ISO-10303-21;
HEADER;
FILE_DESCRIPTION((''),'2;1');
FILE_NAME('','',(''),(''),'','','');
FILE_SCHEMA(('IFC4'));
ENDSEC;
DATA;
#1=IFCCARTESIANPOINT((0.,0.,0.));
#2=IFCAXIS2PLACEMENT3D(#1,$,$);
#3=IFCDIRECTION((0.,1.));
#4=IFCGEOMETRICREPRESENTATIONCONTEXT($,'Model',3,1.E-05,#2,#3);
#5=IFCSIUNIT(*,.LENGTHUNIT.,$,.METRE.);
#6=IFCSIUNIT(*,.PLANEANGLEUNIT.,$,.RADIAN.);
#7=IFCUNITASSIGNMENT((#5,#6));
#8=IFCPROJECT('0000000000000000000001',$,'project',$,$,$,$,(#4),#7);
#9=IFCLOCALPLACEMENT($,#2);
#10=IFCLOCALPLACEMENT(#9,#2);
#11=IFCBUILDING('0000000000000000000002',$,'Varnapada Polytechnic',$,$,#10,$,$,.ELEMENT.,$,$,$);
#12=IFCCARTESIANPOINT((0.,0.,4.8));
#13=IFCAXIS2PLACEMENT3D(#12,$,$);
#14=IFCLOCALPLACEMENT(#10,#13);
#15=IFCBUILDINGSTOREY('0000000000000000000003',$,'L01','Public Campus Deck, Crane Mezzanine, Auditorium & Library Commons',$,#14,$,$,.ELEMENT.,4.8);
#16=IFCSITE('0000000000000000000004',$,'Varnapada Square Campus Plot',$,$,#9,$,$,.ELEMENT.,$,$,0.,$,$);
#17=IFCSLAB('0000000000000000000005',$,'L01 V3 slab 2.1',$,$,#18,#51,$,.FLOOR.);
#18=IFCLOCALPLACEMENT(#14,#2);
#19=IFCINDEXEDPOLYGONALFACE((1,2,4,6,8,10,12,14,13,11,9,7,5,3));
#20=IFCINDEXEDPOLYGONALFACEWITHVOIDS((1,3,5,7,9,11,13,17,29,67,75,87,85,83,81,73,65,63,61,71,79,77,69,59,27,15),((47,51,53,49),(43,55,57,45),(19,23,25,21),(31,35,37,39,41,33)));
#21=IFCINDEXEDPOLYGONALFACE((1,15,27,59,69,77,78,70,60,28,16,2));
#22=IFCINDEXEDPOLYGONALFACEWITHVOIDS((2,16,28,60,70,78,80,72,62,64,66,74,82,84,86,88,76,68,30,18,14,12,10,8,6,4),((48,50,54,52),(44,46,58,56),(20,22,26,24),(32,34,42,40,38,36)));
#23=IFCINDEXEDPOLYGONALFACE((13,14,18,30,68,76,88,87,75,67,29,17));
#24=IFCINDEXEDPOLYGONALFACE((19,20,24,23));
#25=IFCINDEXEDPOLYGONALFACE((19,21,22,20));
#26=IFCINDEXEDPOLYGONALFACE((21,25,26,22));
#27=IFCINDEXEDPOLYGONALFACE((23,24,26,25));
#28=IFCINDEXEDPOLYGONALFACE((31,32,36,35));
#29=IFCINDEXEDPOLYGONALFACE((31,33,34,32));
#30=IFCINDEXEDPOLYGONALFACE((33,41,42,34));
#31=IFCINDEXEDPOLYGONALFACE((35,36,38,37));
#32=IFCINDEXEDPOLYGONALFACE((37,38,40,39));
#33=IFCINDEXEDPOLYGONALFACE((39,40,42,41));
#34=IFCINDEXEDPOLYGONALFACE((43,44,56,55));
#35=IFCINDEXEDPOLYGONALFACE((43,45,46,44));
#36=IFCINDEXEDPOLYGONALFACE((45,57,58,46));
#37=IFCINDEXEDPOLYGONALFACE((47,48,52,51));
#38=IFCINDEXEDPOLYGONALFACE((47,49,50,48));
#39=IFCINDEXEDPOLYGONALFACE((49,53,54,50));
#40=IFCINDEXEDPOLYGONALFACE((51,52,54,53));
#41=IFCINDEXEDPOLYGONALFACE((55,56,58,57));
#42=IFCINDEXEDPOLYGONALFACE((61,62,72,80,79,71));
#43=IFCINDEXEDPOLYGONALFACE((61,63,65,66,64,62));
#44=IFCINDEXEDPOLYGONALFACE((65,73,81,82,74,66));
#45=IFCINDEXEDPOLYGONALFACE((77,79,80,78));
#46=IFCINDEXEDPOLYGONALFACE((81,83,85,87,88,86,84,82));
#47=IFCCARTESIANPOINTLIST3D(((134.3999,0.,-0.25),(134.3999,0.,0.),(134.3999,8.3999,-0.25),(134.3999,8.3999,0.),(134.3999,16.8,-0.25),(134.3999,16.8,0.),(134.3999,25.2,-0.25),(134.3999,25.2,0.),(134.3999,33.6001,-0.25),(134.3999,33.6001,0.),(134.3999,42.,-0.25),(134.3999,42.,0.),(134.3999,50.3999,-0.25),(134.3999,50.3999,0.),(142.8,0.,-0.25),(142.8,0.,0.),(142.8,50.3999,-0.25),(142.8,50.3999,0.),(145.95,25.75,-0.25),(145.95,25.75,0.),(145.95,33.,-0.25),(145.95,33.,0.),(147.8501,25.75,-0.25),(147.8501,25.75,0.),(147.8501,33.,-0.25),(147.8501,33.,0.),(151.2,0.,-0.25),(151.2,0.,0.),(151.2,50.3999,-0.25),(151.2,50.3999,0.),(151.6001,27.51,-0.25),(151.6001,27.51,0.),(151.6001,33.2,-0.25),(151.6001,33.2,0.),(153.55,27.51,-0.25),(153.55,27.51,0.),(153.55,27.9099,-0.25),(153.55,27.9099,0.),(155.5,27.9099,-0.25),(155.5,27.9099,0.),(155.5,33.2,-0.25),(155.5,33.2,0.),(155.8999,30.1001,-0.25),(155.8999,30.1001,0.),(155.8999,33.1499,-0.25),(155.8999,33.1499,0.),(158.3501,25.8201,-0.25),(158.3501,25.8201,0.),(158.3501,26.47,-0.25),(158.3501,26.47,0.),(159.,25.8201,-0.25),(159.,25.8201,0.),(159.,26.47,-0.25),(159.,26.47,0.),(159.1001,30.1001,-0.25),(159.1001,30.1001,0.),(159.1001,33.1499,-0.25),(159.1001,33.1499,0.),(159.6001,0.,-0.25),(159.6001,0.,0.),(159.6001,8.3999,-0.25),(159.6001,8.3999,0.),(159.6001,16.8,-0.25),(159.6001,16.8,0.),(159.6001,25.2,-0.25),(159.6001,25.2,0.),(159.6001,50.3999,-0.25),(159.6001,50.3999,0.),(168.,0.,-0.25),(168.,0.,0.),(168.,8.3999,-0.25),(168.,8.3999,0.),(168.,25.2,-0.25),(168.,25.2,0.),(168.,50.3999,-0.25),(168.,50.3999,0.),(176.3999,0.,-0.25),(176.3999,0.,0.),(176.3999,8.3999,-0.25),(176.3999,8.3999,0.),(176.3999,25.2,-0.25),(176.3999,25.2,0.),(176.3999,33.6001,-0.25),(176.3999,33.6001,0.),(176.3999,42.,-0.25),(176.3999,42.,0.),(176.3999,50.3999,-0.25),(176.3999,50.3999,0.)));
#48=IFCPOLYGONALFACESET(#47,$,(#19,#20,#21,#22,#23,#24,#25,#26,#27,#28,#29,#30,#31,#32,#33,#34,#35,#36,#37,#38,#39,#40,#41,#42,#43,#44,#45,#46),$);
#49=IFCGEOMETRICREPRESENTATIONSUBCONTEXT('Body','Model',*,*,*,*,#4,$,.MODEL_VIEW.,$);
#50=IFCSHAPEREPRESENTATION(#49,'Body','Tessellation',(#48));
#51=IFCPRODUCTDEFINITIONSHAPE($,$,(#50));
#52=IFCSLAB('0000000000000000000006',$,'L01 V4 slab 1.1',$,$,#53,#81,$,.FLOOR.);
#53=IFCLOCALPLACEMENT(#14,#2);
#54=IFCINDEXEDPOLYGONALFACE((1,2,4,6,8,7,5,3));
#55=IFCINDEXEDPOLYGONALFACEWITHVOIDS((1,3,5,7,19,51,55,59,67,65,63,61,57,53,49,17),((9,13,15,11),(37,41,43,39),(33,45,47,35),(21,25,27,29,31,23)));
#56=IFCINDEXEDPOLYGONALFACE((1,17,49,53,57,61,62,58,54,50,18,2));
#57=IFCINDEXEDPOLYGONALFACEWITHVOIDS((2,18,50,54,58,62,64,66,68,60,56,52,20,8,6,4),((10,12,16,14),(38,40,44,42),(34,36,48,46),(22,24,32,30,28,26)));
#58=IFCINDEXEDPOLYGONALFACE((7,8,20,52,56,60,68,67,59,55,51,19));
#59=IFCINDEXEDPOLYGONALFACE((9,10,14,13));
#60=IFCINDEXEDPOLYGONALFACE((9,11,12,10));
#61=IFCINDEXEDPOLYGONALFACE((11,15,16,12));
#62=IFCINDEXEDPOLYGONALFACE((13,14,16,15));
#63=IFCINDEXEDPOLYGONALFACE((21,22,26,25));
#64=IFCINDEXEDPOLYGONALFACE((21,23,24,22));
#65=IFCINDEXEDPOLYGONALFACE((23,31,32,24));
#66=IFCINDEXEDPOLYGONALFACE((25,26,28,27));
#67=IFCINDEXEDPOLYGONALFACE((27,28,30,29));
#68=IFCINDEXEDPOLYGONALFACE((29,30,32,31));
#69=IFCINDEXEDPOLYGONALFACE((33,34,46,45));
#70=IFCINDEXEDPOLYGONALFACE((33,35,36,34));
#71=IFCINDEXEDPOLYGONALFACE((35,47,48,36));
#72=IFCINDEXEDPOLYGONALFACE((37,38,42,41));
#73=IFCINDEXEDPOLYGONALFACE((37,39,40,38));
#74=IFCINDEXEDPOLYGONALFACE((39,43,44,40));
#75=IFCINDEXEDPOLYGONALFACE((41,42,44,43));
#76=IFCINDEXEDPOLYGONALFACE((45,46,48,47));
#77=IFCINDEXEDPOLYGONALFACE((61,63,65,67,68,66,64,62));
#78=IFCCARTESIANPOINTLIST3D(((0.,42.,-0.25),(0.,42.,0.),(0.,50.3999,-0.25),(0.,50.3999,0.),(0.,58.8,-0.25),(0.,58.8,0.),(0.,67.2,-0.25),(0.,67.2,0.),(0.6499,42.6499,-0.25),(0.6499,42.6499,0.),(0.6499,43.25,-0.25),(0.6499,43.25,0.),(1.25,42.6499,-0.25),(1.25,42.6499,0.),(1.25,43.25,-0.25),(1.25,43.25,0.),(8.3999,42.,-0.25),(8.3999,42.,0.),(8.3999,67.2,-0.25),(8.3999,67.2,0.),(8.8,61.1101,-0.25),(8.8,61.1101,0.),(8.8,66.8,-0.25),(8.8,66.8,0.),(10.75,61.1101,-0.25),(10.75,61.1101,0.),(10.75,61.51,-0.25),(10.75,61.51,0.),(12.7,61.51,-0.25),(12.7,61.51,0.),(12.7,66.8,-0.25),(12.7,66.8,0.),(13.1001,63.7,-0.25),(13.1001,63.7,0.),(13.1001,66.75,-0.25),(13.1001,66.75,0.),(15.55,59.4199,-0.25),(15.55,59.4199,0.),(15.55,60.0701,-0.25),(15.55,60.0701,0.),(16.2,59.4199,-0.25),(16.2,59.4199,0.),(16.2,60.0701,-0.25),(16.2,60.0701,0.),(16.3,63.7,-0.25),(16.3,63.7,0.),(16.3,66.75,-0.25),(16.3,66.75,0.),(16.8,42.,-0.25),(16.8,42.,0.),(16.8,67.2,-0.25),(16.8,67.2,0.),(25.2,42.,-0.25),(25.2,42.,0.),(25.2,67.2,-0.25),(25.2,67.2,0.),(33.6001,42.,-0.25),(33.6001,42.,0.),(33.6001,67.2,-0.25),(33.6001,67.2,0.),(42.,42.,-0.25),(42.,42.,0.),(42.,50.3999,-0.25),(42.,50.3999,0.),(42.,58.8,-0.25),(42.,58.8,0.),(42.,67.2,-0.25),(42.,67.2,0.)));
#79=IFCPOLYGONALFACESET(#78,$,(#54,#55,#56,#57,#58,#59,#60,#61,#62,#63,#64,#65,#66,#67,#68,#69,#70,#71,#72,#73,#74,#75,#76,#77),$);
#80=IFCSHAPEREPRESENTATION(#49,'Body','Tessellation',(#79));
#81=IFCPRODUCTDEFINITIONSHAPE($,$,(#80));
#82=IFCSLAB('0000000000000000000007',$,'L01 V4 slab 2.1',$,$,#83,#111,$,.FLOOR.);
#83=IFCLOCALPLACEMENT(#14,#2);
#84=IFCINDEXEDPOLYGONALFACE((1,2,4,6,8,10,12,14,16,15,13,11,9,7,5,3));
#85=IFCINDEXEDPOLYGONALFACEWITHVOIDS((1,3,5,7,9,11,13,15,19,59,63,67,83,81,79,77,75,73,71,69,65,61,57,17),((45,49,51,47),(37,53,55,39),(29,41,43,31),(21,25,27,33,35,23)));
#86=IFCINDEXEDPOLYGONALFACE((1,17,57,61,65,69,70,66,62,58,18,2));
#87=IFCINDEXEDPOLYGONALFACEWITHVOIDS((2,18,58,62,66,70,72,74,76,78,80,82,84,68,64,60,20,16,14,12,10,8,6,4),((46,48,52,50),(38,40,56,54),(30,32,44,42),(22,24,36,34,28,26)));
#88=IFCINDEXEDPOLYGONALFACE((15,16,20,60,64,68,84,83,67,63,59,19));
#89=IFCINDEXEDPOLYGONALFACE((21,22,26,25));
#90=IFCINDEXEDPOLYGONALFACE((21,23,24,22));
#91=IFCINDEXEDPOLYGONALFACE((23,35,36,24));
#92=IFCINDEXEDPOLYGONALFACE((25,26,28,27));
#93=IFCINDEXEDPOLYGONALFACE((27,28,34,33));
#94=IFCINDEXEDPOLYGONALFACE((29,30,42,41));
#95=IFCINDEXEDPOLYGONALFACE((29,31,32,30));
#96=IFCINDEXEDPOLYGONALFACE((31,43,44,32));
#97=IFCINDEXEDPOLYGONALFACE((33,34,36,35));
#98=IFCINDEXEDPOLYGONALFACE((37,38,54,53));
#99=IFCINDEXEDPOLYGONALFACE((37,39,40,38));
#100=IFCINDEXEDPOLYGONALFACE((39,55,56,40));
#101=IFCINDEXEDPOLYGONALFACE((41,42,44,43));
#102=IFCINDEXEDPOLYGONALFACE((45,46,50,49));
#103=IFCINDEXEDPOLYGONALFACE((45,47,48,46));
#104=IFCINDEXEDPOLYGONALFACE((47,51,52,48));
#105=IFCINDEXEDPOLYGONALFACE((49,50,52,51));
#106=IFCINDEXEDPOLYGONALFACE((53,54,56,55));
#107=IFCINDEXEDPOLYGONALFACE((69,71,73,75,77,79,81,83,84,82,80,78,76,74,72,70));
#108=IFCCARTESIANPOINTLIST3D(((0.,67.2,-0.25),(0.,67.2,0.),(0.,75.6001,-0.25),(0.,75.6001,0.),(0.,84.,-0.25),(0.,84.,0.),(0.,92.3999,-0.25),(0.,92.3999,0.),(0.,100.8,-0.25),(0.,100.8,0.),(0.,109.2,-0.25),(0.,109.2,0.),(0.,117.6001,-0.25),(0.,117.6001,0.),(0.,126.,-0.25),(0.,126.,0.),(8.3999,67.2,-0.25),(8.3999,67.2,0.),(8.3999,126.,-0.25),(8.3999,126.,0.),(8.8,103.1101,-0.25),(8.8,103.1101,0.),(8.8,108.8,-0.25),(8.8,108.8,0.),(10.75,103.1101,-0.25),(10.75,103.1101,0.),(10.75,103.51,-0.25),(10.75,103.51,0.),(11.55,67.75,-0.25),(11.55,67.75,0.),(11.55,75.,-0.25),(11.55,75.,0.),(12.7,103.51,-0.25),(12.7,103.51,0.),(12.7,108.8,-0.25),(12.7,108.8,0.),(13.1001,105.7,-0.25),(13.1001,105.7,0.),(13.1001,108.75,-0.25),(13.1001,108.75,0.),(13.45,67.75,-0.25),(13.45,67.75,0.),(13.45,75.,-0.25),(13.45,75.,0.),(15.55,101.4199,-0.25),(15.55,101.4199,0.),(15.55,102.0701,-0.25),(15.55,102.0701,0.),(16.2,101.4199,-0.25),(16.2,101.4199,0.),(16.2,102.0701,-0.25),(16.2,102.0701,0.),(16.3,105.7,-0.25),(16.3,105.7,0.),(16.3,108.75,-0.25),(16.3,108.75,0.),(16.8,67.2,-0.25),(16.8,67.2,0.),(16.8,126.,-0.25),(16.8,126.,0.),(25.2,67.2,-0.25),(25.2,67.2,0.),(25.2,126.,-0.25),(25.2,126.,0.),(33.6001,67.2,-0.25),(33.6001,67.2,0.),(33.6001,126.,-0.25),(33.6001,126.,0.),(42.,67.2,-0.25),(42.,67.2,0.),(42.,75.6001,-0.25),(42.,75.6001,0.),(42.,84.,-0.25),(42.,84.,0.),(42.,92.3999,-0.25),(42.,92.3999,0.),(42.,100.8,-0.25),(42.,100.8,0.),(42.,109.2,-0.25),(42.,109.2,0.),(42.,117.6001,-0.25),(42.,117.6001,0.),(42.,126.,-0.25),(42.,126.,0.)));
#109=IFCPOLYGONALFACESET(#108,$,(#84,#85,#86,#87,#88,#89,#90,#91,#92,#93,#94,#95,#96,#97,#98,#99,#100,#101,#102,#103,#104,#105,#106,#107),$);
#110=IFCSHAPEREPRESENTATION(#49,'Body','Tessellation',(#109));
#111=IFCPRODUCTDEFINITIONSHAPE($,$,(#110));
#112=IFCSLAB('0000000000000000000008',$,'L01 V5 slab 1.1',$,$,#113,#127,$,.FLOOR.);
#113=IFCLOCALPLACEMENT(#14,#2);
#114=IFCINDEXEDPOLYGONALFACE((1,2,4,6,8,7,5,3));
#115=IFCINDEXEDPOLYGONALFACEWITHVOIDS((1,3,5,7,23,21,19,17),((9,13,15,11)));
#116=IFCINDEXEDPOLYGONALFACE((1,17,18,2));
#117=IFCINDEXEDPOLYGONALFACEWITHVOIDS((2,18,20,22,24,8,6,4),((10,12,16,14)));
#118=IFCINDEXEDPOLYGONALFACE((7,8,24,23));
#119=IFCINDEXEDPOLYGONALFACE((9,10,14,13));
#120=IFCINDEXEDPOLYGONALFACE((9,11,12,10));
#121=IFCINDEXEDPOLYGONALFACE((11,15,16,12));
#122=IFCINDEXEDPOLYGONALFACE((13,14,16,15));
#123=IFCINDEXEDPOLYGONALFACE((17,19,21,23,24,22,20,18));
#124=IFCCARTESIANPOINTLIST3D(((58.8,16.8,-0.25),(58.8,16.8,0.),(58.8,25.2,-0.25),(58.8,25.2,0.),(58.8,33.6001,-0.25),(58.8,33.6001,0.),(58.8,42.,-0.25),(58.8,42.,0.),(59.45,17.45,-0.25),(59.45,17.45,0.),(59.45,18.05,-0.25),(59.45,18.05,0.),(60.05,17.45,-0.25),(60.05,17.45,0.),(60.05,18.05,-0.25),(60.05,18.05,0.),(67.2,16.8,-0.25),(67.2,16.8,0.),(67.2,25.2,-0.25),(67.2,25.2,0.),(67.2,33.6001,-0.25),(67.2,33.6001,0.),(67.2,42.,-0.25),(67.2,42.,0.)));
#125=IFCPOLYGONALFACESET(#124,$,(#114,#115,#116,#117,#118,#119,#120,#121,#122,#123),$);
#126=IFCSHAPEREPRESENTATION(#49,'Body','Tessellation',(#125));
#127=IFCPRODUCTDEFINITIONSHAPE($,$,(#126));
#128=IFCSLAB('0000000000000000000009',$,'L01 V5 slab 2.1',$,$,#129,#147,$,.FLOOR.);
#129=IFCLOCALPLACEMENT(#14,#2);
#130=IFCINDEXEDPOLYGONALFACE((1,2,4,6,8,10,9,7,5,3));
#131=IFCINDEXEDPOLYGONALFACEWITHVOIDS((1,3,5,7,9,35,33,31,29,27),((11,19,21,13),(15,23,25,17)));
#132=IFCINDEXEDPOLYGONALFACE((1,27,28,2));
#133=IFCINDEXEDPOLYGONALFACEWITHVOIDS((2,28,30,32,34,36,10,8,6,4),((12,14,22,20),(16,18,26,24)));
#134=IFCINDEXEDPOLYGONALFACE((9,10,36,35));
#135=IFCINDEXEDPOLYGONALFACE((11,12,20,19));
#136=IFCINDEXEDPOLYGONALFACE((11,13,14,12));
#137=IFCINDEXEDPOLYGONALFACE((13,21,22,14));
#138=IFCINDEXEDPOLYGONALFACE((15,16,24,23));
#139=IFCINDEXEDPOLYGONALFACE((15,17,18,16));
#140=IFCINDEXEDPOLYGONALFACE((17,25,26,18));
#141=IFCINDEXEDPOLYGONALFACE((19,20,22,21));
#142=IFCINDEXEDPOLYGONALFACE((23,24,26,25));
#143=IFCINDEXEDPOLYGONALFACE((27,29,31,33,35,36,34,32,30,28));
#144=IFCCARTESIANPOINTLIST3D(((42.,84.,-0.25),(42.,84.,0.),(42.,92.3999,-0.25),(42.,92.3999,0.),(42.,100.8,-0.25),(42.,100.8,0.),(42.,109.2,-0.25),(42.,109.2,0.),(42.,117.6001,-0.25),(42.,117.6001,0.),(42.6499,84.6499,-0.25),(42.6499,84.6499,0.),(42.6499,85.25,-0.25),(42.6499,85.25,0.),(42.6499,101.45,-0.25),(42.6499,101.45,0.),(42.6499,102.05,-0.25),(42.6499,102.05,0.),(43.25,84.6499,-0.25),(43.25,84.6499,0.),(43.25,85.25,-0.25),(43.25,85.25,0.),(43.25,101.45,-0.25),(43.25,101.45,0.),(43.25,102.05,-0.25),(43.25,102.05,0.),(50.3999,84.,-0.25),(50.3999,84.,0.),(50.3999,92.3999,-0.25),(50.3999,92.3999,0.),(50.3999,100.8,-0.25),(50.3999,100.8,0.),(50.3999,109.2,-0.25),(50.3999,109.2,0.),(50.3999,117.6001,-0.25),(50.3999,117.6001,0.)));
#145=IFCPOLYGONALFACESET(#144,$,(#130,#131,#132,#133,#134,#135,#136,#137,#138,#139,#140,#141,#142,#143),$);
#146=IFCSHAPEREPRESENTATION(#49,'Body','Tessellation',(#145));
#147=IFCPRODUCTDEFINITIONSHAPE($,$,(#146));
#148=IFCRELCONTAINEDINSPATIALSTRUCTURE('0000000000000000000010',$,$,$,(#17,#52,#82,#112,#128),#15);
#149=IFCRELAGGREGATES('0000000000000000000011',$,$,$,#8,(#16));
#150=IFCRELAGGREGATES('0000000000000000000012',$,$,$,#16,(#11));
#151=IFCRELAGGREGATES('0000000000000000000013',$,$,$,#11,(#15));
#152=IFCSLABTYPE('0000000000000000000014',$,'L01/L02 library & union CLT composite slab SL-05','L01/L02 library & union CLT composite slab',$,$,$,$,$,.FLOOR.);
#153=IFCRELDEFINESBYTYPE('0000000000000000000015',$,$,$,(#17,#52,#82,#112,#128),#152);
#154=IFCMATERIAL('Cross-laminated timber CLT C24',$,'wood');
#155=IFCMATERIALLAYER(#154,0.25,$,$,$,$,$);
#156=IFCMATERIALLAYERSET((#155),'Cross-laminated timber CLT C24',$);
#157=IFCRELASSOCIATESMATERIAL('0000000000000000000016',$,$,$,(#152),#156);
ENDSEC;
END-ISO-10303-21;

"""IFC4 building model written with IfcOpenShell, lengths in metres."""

from ifc_helpers import new_model, si_unit, direction, frame, origin, place, context, subcontext, project, spatial, polyline, outline, extrude, material, layer, layer_set, type_object, element, save


model = new_model("IFC4")

# Units and contexts
model_context = context("Model", 3, precision=1e-05, world=origin(), true_north=direction((0.0, 1.0)))
body_context = subcontext(model_context, "Body", "Model", "MODEL_VIEW")
ifc_project = project(units=[si_unit("LENGTHUNIT", "METRE"), si_unit("PLANEANGLEUNIT", "RADIAN")], contexts=[model_context])

# Site, building, storey
site_placement = place(None, origin())
site = spatial("IfcSite", under=ifc_project, at=site_placement, Name="Varnapada Square Campus Plot", CompositionType="ELEMENT", RefElevation=0.0)
building_placement = place(site_placement, origin())
building = spatial("IfcBuilding", under=site, at=building_placement, Name="Varnapada Polytechnic", CompositionType="ELEMENT")
storey_placement = place(building_placement, frame((0.0, 0.0, 4.8)))
storey = spatial("IfcBuildingStorey", under=building, at=storey_placement, Name="L01", Description="Public Campus Deck, Crane Mezzanine, Auditorium & Library Commons", CompositionType="ELEMENT", Elevation=4.8)

# Slabs
ifc_material_1 = material(Name="Cross-laminated timber CLT C24", Category="wood")
ifc_layer_1 = layer(ifc_material_1, 0.25)
ifc_layer_set_1 = layer_set([ifc_layer_1], Name="Cross-laminated timber CLT C24")
slab_type_1 = type_object("IfcSlabType", Name="L01/L02 library & union CLT composite slab SL-05", Description="L01/L02 library & union CLT composite slab", PredefinedType="FLOOR", material=ifc_layer_set_1)
slab_1_placement = place(storey_placement, frame((0.0, 0.0, -0.25)))
element("IfcSlab", 1, at=slab_1_placement, inside=storey, type_object=slab_type_1, Name="L01 V3 slab 2.1", PredefinedType="FLOOR", context=body_context, shape_type="SweptSolid", body=[
    extrude(outline(polyline([(134.3999, 25.2), (134.3999, 33.6001), (134.3999, 42.0), (134.3999, 50.3999), (142.8, 50.3999), (151.2, 50.3999), (159.6001, 50.3999), (168.0, 50.3999), (176.3999, 50.3999), (176.3999, 42.0), (176.3999, 33.6001), (176.3999, 25.2), (168.0, 25.2), (159.6001, 25.2), (159.6001, 16.8), (159.6001, 8.3999), (168.0, 8.3999), (176.3999, 8.3999), (176.3999, 0.0), (168.0, 0.0), (159.6001, 0.0), (151.2, 0.0), (142.8, 0.0), (134.3999, 0.0), (134.3999, 8.3999), (134.3999, 16.8), (134.3999, 25.2)]), holes=[polyline([(151.6001, 27.51), (153.55, 27.51), (153.55, 27.9099), (155.5, 27.9099), (155.5, 33.2), (151.6001, 33.2), (151.6001, 27.51)]), polyline([(145.95, 25.75), (147.8501, 25.75), (147.8501, 33.0), (145.95, 33.0), (145.95, 25.75)]), polyline([(155.8999, 30.1001), (159.1001, 30.1001), (159.1001, 33.1499), (155.8999, 33.1499), (155.8999, 30.1001)]), polyline([(158.3501, 25.8201), (159.0, 25.8201), (159.0, 26.47), (158.3501, 26.47), (158.3501, 25.8201)])]), origin(), (0.0, 0.0, 1.0), 0.25),
])
slab_2_placement = place(storey_placement, frame((0.0, 0.0, -0.25)))
element("IfcSlab", 2, at=slab_2_placement, inside=storey, type_object=slab_type_1, Name="L01 V4 slab 1.1", PredefinedType="FLOOR", context=body_context, shape_type="SweptSolid", body=[
    extrude(outline(polyline([(0.0, 58.8), (0.0, 67.2), (8.3999, 67.2), (16.8, 67.2), (25.2, 67.2), (33.6001, 67.2), (42.0, 67.2), (42.0, 58.8), (42.0, 50.3999), (42.0, 42.0), (33.6001, 42.0), (25.2, 42.0), (16.8, 42.0), (8.3999, 42.0), (0.0, 42.0), (0.0, 50.3999), (0.0, 58.8)]), holes=[polyline([(8.8, 61.1101), (10.75, 61.1101), (10.75, 61.51), (12.7, 61.51), (12.7, 66.8), (8.8, 66.8), (8.8, 61.1101)]), polyline([(13.1001, 63.7), (16.3, 63.7), (16.3, 66.75), (13.1001, 66.75), (13.1001, 63.7)]), polyline([(15.55, 59.4199), (16.2, 59.4199), (16.2, 60.0701), (15.55, 60.0701), (15.55, 59.4199)]), polyline([(0.6499, 42.6499), (1.25, 42.6499), (1.25, 43.25), (0.6499, 43.25), (0.6499, 42.6499)])]), origin(), (0.0, 0.0, 1.0), 0.25),
])
slab_3_placement = place(storey_placement, frame((0.0, 0.0, -0.25)))
element("IfcSlab", 3, at=slab_3_placement, inside=storey, type_object=slab_type_1, Name="L01 V4 slab 2.1", PredefinedType="FLOOR", context=body_context, shape_type="SweptSolid", body=[
    extrude(outline(polyline([(0.0, 100.8), (0.0, 109.2), (0.0, 117.6001), (0.0, 126.0), (8.3999, 126.0), (16.8, 126.0), (25.2, 126.0), (33.6001, 126.0), (42.0, 126.0), (42.0, 117.6001), (42.0, 109.2), (42.0, 100.8), (42.0, 92.3999), (42.0, 84.0), (42.0, 75.6001), (42.0, 67.2), (33.6001, 67.2), (25.2, 67.2), (16.8, 67.2), (8.3999, 67.2), (0.0, 67.2), (0.0, 75.6001), (0.0, 84.0), (0.0, 92.3999), (0.0, 100.8)]), holes=[polyline([(8.8, 103.1101), (10.75, 103.1101), (10.75, 103.51), (12.7, 103.51), (12.7, 108.8), (8.8, 108.8), (8.8, 103.1101)]), polyline([(11.55, 67.75), (13.45, 67.75), (13.45, 75.0), (11.55, 75.0), (11.55, 67.75)]), polyline([(13.1001, 105.7), (16.3, 105.7), (16.3, 108.75), (13.1001, 108.75), (13.1001, 105.7)]), polyline([(15.55, 101.4199), (16.2, 101.4199), (16.2, 102.0701), (15.55, 102.0701), (15.55, 101.4199)])]), origin(), (0.0, 0.0, 1.0), 0.25),
])
slab_4_placement = place(storey_placement, frame((0.0, 0.0, -0.25)))
element("IfcSlab", 4, at=slab_4_placement, inside=storey, type_object=slab_type_1, Name="L01 V5 slab 1.1", PredefinedType="FLOOR", context=body_context, shape_type="SweptSolid", body=[
    extrude(outline(polyline([(67.2, 16.8), (58.8, 16.8), (58.8, 25.2), (58.8, 33.6001), (58.8, 42.0), (67.2, 42.0), (67.2, 33.6001), (67.2, 25.2), (67.2, 16.8)]), holes=[polyline([(59.45, 17.45), (60.05, 17.45), (60.05, 18.05), (59.45, 18.05), (59.45, 17.45)])]), origin(), (0.0, 0.0, 1.0), 0.25),
])
slab_5_placement = place(storey_placement, frame((0.0, 0.0, -0.25)))
element("IfcSlab", 5, at=slab_5_placement, inside=storey, type_object=slab_type_1, Name="L01 V5 slab 2.1", PredefinedType="FLOOR", context=body_context, shape_type="SweptSolid", body=[
    extrude(outline(polyline([(42.0, 84.0), (42.0, 92.3999), (42.0, 100.8), (42.0, 109.2), (42.0, 117.6001), (50.3999, 117.6001), (50.3999, 109.2), (50.3999, 100.8), (50.3999, 92.3999), (50.3999, 84.0), (42.0, 84.0)]), holes=[polyline([(42.6499, 84.6499), (43.25, 84.6499), (43.25, 85.25), (42.6499, 85.25), (42.6499, 84.6499)]), polyline([(42.6499, 101.45), (43.25, 101.45), (43.25, 102.05), (42.6499, 102.05), (42.6499, 101.45)])]), origin(), (0.0, 0.0, 1.0), 0.25),
])

save(model, "model.ifc")
